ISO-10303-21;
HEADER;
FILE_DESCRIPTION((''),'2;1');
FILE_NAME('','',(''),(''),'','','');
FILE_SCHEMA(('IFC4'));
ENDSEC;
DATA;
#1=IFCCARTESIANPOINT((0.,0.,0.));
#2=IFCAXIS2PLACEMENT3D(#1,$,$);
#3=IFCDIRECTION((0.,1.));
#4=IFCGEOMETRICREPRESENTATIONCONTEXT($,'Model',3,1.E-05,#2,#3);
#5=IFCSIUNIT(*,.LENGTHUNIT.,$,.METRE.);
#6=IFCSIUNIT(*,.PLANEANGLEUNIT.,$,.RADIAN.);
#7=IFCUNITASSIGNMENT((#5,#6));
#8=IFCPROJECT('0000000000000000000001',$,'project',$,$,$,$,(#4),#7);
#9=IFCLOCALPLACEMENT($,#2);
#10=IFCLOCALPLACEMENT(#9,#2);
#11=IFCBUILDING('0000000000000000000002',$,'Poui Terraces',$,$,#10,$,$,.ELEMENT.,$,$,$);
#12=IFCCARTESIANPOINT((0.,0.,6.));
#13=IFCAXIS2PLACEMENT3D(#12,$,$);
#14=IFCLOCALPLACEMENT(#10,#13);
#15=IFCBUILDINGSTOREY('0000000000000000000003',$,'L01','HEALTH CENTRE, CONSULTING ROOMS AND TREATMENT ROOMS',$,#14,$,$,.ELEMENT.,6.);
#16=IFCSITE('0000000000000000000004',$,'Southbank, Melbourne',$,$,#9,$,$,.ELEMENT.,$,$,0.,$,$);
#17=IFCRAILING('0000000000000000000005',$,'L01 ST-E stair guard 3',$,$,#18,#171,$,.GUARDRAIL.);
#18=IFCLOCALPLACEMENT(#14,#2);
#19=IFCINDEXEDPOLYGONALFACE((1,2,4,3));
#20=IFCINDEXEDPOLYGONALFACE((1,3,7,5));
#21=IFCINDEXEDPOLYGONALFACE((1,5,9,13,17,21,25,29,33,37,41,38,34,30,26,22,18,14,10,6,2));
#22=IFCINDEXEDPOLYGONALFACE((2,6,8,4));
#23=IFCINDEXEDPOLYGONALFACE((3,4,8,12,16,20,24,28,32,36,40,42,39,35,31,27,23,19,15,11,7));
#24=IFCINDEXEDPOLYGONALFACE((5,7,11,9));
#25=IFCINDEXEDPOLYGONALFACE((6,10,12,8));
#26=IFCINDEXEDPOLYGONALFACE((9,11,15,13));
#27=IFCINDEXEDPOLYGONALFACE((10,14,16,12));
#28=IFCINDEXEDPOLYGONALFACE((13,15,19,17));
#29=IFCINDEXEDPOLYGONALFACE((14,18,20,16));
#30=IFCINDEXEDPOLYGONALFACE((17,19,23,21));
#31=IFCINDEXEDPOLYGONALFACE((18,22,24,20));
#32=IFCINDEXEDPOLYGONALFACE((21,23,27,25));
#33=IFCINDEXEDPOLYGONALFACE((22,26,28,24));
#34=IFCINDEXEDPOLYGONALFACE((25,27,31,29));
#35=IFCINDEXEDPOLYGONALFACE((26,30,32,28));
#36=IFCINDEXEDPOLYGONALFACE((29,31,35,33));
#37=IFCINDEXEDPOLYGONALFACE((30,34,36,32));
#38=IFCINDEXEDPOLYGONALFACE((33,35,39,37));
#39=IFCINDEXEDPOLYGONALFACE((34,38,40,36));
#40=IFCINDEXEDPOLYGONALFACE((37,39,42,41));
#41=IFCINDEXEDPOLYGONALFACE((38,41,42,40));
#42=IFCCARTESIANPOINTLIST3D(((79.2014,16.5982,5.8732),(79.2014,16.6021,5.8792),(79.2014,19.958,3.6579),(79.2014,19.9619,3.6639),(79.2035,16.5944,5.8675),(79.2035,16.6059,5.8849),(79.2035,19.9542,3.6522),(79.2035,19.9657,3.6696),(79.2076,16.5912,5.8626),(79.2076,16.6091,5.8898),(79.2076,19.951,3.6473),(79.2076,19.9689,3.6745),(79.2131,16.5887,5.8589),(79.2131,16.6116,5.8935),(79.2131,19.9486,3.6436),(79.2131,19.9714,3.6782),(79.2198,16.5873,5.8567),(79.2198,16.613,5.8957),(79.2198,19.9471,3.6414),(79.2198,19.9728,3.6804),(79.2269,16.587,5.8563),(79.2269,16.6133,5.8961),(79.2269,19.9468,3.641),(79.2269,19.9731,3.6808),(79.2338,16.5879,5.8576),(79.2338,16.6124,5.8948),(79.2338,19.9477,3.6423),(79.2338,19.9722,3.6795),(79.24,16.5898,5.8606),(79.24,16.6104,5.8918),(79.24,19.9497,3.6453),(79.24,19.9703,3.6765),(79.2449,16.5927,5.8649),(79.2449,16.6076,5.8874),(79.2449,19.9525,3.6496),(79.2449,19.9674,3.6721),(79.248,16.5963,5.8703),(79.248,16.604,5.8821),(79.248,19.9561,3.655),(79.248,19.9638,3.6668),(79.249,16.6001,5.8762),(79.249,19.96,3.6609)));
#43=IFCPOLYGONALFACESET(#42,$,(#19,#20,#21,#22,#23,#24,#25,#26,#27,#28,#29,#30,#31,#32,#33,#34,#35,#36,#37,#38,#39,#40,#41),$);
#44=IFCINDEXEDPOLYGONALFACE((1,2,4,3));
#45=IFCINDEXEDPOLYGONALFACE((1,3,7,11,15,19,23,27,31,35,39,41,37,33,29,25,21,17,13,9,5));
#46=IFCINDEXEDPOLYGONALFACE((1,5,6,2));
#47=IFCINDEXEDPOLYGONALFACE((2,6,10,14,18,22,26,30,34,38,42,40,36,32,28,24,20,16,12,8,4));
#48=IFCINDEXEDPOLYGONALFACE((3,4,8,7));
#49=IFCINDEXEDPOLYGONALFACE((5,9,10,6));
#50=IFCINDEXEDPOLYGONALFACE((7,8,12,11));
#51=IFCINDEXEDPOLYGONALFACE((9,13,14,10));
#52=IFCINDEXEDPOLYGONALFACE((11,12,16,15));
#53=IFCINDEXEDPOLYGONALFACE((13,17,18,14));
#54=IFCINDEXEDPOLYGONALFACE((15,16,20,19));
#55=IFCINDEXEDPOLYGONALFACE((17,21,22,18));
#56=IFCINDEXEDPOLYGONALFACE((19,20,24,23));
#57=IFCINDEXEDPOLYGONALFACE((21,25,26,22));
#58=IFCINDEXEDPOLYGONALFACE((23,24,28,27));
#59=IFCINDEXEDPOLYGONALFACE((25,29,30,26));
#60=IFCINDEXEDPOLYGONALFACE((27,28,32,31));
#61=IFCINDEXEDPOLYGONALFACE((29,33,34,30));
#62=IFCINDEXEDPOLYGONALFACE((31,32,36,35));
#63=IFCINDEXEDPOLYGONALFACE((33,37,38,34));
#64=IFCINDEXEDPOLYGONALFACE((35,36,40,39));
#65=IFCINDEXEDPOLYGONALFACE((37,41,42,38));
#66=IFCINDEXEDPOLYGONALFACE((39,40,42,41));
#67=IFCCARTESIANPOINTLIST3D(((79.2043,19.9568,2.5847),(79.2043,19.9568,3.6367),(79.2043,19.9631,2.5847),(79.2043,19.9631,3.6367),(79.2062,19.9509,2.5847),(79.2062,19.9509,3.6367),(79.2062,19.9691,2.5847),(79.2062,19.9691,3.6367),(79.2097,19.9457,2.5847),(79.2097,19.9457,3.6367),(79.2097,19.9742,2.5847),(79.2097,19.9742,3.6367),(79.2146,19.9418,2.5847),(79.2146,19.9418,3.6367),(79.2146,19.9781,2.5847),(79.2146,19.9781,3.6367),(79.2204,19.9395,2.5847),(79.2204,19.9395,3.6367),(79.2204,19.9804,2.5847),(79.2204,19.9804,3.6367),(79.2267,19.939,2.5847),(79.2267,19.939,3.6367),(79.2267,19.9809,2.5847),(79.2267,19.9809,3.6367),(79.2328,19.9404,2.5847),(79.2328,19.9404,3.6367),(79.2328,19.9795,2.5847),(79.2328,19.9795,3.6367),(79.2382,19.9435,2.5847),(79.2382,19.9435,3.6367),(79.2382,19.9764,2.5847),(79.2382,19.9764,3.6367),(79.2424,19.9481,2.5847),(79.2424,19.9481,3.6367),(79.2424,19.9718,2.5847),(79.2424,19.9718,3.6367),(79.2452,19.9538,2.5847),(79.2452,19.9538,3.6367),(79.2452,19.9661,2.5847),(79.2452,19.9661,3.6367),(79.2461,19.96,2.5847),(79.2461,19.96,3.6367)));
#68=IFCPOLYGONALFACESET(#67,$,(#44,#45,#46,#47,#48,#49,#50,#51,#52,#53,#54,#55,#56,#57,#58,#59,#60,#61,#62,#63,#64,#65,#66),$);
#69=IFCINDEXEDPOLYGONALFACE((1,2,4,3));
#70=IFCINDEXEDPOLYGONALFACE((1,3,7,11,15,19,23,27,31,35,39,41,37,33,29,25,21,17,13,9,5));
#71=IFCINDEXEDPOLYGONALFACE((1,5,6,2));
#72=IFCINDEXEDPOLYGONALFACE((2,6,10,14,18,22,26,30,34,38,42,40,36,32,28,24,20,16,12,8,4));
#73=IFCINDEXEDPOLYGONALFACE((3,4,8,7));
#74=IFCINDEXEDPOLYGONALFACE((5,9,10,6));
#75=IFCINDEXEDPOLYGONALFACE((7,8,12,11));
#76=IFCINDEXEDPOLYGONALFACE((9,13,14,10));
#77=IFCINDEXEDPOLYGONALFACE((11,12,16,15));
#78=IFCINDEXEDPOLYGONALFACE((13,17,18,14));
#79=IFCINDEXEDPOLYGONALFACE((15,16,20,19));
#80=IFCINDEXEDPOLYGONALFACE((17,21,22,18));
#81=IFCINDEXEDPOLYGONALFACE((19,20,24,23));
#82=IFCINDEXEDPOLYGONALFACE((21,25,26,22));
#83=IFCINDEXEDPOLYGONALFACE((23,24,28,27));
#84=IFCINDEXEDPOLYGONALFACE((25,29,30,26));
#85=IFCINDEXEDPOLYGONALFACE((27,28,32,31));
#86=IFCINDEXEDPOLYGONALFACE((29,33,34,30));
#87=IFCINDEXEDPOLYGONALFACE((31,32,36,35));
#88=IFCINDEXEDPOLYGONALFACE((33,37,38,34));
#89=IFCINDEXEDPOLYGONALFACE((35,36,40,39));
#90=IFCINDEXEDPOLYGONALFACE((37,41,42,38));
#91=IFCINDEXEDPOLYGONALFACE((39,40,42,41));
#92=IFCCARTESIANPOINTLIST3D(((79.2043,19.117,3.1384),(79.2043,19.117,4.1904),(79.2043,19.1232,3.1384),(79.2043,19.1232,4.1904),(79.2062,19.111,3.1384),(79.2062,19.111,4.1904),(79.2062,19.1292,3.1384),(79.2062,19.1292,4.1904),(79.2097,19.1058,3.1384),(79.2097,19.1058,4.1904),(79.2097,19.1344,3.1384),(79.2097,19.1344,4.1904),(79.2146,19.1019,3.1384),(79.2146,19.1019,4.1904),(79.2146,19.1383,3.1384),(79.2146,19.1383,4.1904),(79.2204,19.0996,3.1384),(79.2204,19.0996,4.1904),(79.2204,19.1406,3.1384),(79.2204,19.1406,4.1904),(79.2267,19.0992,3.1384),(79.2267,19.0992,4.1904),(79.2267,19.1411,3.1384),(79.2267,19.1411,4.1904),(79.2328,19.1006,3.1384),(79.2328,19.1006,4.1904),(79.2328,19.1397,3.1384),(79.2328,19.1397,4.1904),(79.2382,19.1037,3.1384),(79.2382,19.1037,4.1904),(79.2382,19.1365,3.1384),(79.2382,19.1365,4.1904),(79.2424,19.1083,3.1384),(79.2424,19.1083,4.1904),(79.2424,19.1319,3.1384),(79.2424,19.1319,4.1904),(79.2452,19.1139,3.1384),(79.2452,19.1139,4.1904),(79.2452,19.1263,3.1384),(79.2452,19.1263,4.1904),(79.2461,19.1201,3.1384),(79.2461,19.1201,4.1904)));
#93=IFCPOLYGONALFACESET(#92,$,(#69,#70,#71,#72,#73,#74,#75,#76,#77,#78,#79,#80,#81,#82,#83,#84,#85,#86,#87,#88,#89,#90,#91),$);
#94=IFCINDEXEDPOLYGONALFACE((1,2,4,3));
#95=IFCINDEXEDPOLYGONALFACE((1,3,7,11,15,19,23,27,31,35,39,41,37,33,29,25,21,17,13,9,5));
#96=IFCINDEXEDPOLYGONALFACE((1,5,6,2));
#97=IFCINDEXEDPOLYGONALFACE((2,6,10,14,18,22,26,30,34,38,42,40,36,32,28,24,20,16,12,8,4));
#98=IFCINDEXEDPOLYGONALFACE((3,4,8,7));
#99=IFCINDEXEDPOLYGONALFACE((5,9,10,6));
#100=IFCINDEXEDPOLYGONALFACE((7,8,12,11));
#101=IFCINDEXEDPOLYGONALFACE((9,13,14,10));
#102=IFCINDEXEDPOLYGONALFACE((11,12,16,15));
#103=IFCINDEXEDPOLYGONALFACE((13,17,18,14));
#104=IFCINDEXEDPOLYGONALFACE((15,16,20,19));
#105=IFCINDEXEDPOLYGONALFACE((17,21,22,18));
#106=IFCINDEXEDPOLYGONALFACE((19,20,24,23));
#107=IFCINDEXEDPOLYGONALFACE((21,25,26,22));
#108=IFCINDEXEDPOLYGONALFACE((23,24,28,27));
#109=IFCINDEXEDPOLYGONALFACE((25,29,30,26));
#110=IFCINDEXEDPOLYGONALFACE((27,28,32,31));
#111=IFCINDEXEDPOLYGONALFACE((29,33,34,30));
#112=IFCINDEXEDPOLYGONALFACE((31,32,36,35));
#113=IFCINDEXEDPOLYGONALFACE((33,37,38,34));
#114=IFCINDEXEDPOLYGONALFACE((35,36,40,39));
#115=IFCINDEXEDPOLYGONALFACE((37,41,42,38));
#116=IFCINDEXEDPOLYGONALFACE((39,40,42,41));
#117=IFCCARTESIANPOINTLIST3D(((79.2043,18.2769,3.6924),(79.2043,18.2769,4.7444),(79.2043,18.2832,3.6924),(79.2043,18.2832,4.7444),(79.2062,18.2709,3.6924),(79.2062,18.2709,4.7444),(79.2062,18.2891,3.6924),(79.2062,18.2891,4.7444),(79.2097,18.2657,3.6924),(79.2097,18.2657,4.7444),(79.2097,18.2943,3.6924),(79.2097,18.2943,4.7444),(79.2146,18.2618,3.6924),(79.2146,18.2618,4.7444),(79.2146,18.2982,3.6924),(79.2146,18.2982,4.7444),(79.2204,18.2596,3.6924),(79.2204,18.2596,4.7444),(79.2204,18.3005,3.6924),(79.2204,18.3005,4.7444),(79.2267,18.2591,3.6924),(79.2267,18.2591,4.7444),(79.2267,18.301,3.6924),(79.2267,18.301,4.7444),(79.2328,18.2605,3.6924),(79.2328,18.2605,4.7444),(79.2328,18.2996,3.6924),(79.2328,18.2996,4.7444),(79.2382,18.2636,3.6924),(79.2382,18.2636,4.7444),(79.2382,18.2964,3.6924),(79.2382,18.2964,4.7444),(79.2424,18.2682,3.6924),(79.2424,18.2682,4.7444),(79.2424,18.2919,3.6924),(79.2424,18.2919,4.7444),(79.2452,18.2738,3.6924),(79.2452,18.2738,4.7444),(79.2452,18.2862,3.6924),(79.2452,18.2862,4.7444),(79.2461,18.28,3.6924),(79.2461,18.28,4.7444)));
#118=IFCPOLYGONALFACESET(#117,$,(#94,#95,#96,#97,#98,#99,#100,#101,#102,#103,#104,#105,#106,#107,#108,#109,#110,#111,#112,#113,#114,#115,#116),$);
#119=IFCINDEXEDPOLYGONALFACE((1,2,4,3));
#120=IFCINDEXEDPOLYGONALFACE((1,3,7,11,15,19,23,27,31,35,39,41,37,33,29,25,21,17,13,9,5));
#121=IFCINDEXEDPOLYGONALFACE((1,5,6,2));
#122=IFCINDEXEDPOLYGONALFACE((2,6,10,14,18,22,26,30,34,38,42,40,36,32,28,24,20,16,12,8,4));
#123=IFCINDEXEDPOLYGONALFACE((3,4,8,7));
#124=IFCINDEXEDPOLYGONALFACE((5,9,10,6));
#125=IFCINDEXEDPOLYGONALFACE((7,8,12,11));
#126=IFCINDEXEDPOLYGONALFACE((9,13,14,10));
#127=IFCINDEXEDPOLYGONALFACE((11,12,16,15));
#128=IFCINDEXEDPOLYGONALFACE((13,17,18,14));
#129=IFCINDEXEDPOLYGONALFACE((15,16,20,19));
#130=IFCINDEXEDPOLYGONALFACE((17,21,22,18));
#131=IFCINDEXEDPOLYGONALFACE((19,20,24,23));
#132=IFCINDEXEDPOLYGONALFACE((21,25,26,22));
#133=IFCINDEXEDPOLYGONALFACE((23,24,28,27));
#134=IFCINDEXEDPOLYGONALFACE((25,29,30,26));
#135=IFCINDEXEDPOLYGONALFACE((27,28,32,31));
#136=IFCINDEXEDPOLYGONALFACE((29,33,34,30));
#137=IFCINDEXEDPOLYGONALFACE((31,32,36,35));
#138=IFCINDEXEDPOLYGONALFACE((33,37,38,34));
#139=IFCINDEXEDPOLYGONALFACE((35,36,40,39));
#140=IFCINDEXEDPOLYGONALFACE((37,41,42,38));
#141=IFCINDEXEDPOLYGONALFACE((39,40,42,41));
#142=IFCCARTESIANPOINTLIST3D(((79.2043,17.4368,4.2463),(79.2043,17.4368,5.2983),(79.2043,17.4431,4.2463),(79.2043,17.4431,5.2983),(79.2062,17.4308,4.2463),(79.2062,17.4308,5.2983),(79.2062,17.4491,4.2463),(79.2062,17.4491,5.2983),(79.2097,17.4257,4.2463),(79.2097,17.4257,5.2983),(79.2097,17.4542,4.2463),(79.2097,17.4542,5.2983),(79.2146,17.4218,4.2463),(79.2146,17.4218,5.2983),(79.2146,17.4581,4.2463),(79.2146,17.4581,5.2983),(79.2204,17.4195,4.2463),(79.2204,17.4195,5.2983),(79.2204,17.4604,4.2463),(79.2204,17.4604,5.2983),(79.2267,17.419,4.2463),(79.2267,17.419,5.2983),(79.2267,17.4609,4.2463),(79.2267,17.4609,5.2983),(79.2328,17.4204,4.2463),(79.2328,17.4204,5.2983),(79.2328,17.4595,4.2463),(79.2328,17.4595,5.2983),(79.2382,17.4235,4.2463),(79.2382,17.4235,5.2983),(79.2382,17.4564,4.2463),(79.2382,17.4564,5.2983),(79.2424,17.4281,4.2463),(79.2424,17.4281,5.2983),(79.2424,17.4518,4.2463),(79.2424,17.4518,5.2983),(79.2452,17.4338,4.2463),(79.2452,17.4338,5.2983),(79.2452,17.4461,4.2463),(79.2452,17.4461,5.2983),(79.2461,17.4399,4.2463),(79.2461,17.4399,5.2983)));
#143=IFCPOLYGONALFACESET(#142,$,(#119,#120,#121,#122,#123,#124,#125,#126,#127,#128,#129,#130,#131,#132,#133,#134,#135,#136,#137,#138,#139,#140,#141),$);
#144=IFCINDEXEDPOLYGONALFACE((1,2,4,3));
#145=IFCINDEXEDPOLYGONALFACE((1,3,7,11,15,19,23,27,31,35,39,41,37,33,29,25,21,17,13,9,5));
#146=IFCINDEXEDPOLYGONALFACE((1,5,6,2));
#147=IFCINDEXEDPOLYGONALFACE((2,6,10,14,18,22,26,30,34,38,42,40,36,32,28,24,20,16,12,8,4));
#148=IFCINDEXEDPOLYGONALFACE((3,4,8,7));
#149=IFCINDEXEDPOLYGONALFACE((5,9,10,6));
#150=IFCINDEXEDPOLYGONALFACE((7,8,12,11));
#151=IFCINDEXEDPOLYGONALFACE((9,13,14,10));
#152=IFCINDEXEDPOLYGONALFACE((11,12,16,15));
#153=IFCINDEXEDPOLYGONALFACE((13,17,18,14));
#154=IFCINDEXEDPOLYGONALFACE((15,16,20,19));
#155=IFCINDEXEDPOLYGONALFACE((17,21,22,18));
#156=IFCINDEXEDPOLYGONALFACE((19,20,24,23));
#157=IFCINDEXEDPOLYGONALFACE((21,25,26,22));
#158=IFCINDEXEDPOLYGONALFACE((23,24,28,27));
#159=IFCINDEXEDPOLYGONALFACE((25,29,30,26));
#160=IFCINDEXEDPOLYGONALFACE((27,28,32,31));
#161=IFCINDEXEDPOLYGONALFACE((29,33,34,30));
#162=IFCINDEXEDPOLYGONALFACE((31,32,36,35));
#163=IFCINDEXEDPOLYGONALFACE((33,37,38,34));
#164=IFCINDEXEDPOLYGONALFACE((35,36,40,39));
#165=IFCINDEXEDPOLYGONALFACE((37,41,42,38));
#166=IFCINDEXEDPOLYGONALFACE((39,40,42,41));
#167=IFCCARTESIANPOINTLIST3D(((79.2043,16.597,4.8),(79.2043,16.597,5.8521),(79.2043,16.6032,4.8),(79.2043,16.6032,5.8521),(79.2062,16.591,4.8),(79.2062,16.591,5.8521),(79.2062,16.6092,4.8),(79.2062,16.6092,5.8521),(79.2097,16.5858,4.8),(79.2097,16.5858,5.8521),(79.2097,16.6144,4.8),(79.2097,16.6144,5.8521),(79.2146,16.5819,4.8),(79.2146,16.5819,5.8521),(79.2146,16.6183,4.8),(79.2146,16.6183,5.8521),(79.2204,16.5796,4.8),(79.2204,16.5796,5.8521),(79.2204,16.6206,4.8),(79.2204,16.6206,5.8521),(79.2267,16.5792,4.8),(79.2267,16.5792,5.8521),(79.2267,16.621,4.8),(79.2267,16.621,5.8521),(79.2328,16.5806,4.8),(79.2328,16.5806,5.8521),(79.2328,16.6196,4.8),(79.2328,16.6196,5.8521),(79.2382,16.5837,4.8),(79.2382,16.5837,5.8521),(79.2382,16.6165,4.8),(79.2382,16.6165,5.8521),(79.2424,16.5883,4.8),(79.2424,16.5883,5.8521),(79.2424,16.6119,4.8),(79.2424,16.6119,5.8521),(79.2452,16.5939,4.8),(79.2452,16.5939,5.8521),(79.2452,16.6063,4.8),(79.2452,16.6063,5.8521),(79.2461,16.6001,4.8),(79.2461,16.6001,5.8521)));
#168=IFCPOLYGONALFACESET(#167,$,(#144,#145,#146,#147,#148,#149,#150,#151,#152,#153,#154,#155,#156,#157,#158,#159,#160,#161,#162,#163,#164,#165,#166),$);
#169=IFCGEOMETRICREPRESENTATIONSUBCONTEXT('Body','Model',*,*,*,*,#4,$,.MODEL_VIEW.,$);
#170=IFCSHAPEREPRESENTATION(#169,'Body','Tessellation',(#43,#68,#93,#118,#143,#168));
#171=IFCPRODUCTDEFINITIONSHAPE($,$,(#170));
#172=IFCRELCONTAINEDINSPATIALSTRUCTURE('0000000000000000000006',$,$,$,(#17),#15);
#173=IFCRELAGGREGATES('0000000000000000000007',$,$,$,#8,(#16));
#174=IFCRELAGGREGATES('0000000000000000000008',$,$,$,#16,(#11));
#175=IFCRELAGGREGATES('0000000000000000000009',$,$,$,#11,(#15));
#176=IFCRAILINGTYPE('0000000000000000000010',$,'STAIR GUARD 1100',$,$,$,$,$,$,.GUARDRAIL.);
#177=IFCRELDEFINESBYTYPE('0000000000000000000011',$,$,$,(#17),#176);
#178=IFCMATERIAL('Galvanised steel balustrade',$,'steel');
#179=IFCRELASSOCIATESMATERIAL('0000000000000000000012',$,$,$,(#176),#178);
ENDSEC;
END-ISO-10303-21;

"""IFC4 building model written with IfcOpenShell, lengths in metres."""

from ifc_helpers import new_model, si_unit, direction, frame, origin, origin_2d, place, context, subcontext, project, spatial, circle, extrude, material, type_object, element, save


model = new_model("IFC4")

# Units and contexts
model_context = context("Model", 3, precision=1e-05, world=origin(), true_north=direction((0.0, 1.0)))
body_context = subcontext(model_context, "Body", "Model", "MODEL_VIEW")
ifc_project = project(units=[si_unit("LENGTHUNIT", "METRE"), si_unit("PLANEANGLEUNIT", "RADIAN")], contexts=[model_context])

# Site, building, storey
site_placement = place(None, origin())
site = spatial("IfcSite", under=ifc_project, at=site_placement, Name="Southbank, Melbourne", CompositionType="ELEMENT", RefElevation=0.0)
building_placement = place(site_placement, origin())
building = spatial("IfcBuilding", under=site, at=building_placement, Name="Poui Terraces", CompositionType="ELEMENT")
storey_placement = place(building_placement, frame((0.0, 0.0, 6.0)))
storey = spatial("IfcBuildingStorey", under=building, at=storey_placement, Name="L01", Description="HEALTH CENTRE, CONSULTING ROOMS AND TREATMENT ROOMS", CompositionType="ELEMENT", Elevation=6.0)

# Railing
ifc_material_1 = material(Name="Galvanised steel balustrade", Category="steel")
railing_type_1 = type_object("IfcRailingType", Name="STAIR GUARD 1100", PredefinedType="GUARDRAIL", material=ifc_material_1)
railing_1_placement = place(storey_placement, frame((79.2251, 19.96, 2.5847)))
element("IfcRailing", 1, at=railing_1_placement, inside=storey, type_object=railing_type_1, Name="L01 ST-E stair guard 3", PredefinedType="GUARDRAIL", context=body_context, shape_type="SweptSolid", body=[
    extrude(circle(Radius=0.0239, at=origin_2d()), frame((0.0, 0.0, 1.0762), z_axis=(0.0, -0.834858, 0.550465), x_axis=(1.0, 0.0, 0.0)), (0.0, 0.0, 1.0), 4.0244),
    extrude(circle(Radius=0.021, at=origin_2d()), origin(), (0.0, 0.0, 1.0), 1.052),
    extrude(circle(Radius=0.021, at=origin_2d()), frame((0.0, -0.8398, 0.5537)), (0.0, 0.0, 1.0), 1.052),
    extrude(circle(Radius=0.021, at=origin_2d()), frame((0.0, -1.6799, 1.1077)), (0.0, 0.0, 1.0), 1.052),
    extrude(circle(Radius=0.021, at=origin_2d()), frame((0.0, -2.52, 1.6616)), (0.0, 0.0, 1.0), 1.052),
    extrude(circle(Radius=0.021, at=origin_2d()), frame((0.0, -3.3599, 2.2153)), (0.0, 0.0, 1.0), 1.052),
])

save(model, "model.ifc")
